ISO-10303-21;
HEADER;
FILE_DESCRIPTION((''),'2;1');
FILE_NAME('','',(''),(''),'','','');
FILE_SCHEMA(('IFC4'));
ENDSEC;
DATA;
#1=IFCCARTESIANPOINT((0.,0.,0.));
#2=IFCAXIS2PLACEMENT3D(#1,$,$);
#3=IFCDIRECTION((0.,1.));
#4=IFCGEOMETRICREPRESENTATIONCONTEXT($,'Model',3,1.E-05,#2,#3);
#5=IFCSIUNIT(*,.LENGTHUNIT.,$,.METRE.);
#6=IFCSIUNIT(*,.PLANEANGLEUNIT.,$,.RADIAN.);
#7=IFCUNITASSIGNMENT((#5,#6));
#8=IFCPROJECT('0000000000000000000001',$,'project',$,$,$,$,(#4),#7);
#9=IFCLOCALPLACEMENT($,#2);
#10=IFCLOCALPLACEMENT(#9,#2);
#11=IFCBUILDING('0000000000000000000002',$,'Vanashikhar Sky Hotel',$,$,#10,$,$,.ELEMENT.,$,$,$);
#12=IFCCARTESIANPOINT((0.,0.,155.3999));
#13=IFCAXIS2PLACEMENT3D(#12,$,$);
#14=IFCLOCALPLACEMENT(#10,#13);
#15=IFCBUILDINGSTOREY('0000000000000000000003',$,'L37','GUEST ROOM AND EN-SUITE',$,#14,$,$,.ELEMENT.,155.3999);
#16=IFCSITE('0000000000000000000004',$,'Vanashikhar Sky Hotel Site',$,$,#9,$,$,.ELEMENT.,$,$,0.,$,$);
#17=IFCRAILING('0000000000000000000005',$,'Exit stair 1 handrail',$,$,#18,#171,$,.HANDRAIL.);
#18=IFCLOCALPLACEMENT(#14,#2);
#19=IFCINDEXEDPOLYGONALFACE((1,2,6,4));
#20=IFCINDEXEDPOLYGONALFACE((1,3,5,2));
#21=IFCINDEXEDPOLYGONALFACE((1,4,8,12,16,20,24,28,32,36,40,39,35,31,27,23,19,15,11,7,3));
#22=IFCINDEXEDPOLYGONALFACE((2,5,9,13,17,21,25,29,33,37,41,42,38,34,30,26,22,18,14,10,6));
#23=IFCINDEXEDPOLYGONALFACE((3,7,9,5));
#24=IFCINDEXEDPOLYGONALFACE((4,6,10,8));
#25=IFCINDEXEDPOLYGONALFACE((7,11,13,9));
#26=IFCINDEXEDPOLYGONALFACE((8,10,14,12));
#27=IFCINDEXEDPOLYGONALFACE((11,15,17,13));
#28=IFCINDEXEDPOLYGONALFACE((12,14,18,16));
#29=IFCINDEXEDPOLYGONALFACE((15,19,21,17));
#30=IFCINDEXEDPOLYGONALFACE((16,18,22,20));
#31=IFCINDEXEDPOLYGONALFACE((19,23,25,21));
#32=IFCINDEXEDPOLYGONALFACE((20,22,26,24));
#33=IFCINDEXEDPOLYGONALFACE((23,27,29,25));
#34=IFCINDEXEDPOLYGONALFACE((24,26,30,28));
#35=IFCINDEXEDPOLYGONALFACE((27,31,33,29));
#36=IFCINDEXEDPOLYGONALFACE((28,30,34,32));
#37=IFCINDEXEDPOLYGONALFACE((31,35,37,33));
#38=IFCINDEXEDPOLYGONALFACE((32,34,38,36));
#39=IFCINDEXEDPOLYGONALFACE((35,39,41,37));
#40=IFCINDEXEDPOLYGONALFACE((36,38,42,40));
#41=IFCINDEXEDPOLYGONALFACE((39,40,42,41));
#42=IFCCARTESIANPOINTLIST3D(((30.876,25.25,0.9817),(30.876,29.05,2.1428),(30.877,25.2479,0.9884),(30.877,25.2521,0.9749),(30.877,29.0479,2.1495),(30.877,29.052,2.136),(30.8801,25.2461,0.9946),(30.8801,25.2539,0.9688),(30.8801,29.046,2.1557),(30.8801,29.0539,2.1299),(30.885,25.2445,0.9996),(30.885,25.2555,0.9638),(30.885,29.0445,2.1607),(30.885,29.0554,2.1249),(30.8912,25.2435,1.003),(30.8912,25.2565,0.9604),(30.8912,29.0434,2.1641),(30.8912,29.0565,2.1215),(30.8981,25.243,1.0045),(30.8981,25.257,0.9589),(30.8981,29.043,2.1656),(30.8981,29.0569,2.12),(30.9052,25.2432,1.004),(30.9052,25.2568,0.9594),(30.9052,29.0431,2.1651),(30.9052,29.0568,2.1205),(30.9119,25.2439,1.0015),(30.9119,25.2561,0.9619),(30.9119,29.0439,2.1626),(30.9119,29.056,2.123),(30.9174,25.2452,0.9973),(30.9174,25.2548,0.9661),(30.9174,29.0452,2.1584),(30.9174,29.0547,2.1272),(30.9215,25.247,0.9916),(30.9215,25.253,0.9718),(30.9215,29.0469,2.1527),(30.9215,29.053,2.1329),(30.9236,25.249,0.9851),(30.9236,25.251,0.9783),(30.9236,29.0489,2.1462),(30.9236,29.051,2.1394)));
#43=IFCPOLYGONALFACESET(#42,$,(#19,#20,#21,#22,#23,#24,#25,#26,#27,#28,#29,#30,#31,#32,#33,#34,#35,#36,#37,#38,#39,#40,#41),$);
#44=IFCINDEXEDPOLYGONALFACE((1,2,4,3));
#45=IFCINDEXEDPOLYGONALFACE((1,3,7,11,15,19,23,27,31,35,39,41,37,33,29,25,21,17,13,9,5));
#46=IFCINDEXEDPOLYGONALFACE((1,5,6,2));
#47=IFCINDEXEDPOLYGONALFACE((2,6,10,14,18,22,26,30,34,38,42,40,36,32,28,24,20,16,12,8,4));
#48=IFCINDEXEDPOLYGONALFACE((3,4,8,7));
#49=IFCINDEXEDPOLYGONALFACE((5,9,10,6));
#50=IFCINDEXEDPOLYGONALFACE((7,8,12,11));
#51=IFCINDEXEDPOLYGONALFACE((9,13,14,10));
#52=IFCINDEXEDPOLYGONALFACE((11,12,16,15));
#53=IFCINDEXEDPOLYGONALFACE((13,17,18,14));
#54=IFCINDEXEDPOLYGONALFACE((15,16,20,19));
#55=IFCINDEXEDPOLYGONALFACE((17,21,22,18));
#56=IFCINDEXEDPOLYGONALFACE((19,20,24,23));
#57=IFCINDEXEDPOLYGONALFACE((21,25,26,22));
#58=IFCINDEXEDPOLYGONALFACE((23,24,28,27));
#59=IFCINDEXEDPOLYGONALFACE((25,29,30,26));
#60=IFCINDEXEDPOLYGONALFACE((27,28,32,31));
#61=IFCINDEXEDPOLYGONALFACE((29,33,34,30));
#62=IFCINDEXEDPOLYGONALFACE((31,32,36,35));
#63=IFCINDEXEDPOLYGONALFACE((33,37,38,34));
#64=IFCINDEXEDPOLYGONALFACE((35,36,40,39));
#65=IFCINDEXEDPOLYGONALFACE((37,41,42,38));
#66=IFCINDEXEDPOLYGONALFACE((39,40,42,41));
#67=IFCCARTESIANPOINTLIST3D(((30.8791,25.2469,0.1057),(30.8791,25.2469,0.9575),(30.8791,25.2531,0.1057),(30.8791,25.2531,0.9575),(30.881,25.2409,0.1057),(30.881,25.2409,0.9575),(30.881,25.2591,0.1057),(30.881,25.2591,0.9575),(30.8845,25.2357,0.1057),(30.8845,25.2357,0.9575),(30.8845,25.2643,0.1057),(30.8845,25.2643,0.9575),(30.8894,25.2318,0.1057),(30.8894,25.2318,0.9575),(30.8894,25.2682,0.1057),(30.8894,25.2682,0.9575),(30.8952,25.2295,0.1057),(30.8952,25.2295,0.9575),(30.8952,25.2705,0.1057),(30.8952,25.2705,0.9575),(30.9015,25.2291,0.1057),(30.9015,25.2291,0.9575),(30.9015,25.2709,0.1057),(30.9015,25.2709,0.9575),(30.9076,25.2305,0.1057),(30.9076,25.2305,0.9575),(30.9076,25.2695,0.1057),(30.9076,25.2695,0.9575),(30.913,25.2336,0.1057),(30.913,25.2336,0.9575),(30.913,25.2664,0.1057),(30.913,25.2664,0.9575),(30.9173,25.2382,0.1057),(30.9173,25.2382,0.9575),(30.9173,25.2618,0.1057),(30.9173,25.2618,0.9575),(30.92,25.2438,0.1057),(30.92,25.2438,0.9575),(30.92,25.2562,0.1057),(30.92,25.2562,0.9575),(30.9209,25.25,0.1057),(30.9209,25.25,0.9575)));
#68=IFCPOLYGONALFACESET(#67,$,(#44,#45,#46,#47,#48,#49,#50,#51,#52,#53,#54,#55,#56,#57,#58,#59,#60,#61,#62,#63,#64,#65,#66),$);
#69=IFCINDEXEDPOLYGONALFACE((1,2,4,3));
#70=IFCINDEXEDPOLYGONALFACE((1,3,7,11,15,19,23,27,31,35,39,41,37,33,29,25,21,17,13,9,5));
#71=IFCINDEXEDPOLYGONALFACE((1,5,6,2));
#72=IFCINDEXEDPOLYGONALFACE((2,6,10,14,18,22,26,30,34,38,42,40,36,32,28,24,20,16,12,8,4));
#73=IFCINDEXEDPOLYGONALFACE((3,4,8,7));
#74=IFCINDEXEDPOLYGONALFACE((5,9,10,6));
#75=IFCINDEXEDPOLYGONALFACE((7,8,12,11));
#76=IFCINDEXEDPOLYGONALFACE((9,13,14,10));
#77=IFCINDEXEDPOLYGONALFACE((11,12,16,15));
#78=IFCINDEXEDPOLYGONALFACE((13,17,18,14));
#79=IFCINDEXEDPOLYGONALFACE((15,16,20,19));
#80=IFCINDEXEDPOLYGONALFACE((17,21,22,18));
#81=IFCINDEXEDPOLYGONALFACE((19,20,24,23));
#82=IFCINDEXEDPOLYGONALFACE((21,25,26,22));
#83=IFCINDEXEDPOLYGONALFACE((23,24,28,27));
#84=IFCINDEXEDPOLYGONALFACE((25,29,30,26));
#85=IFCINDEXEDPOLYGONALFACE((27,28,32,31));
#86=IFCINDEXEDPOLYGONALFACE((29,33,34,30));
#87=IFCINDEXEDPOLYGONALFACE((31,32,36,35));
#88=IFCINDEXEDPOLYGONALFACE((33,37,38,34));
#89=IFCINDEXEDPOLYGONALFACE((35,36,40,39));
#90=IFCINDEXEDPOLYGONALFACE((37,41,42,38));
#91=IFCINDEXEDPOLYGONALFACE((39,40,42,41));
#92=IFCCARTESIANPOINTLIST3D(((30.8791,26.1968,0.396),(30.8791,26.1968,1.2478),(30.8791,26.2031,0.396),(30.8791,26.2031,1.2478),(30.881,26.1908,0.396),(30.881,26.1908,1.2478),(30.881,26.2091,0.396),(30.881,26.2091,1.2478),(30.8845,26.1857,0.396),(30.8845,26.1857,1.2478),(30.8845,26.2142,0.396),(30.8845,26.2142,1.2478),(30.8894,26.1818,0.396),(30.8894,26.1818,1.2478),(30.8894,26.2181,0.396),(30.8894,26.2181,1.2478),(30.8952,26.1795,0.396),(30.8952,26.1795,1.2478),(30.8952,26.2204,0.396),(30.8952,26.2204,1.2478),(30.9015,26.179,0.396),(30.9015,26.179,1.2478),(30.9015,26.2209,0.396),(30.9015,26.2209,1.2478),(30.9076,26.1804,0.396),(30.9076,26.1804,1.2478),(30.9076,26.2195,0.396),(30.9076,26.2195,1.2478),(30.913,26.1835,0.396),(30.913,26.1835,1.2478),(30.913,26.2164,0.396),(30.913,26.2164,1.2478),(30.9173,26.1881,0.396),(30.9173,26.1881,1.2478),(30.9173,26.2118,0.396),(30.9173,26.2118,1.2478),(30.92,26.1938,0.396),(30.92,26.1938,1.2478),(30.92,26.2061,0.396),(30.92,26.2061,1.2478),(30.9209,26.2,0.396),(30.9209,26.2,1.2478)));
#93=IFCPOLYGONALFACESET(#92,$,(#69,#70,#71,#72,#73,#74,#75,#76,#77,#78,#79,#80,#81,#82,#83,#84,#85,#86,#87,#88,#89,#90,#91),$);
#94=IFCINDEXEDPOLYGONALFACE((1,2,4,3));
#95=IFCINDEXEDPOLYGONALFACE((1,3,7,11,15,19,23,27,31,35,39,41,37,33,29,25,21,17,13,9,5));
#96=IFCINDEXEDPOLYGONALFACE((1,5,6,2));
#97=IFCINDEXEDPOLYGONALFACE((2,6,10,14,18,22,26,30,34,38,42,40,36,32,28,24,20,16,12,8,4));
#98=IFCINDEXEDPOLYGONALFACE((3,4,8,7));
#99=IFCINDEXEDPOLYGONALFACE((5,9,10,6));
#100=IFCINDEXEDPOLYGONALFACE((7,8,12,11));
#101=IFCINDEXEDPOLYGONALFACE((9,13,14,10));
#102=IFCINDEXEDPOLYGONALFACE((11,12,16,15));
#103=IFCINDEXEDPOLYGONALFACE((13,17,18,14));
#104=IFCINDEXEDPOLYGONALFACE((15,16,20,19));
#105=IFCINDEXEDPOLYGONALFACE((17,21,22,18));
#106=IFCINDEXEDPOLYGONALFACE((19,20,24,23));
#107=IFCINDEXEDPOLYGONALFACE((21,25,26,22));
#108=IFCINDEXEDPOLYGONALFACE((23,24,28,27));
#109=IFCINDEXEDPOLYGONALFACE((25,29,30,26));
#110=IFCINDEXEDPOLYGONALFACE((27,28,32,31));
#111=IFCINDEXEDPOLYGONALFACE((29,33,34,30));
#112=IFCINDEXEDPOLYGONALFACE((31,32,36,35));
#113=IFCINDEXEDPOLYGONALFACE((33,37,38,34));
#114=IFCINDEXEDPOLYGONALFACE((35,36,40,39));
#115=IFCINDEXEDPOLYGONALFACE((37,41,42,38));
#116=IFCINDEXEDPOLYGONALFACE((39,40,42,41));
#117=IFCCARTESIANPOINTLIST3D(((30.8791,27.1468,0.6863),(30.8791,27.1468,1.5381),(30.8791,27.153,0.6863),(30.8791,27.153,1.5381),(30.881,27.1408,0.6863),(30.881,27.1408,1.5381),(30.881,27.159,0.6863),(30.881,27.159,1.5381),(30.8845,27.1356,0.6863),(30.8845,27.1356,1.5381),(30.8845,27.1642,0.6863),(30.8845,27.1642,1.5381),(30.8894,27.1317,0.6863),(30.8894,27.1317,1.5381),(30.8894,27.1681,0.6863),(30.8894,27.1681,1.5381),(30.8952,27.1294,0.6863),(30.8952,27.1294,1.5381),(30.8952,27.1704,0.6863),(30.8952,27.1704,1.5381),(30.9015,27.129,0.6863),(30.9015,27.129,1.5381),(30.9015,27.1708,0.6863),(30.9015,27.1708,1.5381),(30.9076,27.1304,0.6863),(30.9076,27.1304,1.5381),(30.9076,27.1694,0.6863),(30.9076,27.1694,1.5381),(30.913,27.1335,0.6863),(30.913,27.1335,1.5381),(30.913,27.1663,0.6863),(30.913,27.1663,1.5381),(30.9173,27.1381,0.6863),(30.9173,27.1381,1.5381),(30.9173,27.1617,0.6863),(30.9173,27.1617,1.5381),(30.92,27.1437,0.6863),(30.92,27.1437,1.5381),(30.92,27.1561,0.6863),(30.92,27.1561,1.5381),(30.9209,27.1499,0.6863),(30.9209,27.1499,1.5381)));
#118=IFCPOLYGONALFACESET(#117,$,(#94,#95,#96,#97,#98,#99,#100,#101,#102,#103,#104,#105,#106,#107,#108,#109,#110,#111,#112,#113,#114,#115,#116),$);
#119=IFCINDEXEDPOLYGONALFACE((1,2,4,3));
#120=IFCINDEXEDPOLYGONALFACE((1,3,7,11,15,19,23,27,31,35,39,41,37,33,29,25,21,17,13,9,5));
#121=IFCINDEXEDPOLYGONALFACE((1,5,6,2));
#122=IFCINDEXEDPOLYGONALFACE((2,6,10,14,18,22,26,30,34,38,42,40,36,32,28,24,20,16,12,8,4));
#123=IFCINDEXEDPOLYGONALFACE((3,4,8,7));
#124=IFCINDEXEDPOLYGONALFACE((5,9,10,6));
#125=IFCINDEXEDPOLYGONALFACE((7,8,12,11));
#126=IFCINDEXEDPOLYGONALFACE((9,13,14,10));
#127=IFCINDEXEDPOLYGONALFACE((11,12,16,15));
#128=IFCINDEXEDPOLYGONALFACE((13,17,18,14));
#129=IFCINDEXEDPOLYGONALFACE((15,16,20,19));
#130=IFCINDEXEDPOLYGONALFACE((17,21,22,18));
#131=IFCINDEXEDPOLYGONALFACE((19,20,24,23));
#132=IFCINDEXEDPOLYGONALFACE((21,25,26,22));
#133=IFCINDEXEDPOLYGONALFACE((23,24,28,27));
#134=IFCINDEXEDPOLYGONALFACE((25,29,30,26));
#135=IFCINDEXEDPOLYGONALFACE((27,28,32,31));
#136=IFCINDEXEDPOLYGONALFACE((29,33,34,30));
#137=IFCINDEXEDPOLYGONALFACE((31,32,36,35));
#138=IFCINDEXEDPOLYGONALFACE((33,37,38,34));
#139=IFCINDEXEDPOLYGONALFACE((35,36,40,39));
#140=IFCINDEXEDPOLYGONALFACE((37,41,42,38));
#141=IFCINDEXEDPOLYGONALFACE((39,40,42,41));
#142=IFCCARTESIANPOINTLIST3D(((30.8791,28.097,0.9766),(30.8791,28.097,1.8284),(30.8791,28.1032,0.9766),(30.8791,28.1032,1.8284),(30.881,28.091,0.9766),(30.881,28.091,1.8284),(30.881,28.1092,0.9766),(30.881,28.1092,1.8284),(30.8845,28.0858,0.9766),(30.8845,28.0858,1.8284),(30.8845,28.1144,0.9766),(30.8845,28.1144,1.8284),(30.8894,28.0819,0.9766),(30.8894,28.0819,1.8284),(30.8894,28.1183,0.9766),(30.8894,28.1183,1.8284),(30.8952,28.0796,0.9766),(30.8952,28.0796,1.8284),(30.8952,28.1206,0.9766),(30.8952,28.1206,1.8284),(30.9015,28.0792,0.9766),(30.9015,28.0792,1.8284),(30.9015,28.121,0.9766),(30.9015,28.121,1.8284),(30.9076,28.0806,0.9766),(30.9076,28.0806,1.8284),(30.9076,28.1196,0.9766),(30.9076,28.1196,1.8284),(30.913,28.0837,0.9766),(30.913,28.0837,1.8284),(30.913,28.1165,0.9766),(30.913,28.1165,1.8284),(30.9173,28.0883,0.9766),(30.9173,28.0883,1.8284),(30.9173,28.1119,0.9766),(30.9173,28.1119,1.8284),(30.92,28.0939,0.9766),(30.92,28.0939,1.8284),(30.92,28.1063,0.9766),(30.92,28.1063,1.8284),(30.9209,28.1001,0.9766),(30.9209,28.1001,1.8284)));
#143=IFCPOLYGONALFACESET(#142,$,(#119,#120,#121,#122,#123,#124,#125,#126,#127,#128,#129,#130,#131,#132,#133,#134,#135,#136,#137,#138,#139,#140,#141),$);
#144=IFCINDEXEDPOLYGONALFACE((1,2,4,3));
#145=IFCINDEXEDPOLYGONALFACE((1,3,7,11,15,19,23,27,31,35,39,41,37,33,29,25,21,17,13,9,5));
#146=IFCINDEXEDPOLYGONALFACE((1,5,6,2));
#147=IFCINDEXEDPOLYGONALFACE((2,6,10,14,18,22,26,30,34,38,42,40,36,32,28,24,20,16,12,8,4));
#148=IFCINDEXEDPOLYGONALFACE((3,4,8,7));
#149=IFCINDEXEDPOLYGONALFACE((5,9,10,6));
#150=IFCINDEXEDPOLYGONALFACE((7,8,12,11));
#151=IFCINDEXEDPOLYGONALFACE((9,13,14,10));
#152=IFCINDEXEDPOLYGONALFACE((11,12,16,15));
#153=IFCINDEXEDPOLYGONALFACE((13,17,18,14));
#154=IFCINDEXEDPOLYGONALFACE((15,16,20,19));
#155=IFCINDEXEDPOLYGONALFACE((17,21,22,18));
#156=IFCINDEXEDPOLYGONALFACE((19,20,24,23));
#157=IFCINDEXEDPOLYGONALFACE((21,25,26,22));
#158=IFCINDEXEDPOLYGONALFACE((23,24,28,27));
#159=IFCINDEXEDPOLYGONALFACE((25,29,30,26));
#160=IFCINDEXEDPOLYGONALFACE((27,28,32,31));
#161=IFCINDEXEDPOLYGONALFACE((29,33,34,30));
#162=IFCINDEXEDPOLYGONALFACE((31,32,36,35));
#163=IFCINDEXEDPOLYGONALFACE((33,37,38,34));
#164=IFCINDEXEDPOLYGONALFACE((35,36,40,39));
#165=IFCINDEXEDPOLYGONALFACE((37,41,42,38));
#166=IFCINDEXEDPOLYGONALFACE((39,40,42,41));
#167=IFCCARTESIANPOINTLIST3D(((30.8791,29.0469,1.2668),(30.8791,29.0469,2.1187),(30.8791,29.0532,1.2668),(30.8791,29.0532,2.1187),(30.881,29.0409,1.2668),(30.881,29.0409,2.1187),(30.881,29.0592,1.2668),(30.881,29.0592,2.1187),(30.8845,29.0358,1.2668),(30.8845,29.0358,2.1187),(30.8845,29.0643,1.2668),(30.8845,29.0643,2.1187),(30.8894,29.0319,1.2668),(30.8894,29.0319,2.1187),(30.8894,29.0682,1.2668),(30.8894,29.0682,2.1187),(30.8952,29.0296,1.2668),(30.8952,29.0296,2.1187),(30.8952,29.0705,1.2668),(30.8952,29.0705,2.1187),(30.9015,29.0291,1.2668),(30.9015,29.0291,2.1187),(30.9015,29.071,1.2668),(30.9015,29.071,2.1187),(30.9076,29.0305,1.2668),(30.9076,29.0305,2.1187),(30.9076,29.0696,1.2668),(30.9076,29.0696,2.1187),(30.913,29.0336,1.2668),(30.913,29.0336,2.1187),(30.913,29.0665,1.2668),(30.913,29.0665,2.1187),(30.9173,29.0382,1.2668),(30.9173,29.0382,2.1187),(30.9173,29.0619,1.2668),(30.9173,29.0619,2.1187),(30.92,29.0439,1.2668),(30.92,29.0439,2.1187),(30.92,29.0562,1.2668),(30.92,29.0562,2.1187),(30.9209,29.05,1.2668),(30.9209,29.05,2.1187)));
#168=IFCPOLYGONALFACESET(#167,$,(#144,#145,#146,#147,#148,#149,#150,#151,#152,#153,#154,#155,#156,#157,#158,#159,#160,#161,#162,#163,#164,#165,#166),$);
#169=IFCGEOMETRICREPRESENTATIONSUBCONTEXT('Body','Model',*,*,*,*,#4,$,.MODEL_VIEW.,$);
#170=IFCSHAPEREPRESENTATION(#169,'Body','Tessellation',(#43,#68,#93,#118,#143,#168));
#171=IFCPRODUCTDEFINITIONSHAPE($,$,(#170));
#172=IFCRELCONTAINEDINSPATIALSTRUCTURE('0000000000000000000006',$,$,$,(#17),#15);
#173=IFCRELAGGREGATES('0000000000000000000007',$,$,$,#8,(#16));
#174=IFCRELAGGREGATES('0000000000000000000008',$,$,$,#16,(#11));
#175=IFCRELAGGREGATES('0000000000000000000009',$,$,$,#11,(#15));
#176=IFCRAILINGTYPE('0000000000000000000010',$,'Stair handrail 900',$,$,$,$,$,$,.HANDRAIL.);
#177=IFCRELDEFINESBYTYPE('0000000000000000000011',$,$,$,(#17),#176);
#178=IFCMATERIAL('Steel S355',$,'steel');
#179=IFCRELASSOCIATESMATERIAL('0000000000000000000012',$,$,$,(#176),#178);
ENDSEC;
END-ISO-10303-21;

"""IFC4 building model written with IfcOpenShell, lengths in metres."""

from ifc_helpers import new_model, si_unit, direction, frame, origin, origin_2d, place, context, subcontext, project, spatial, circle, extrude, source, transform, mapped, material, type_object, element, save


model = new_model("IFC4")

# Units and contexts
model_context = context("Model", 3, precision=1e-05, world=origin(), true_north=direction((0.0, 1.0)))
body_context = subcontext(model_context, "Body", "Model", "MODEL_VIEW")
ifc_project = project(units=[si_unit("LENGTHUNIT", "METRE"), si_unit("PLANEANGLEUNIT", "RADIAN")], contexts=[model_context])

# Site, building, storey
site_placement = place(None, origin())
site = spatial("IfcSite", under=ifc_project, at=site_placement, Name="Vanashikhar Sky Hotel Site", CompositionType="ELEMENT", RefElevation=0.0)
building_placement = place(site_placement, origin())
building = spatial("IfcBuilding", under=site, at=building_placement, Name="Vanashikhar Sky Hotel", CompositionType="ELEMENT")
storey_placement = place(building_placement, frame((0.0, 0.0, 155.3999)))
storey = spatial("IfcBuildingStorey", under=building, at=storey_placement, Name="L37", Description="GUEST ROOM AND EN-SUITE", CompositionType="ELEMENT", Elevation=155.3999)

# Railing
ifc_material_1 = material(Name="Steel S355", Category="steel")
railing_type_1 = type_object("IfcRailingType", Name="Stair handrail 900", PredefinedType="HANDRAIL", material=ifc_material_1)
shared_shape_1 = source(origin(), body_context, "Body", "SweptSolid", [
    extrude(circle(Radius=0.0239, at=origin_2d()), frame((0.0, 0.0, 0.876), z_axis=(0.0, 0.956351, 0.29222), x_axis=(-1.0, 0.0, 0.0)), (0.0, 0.0, 1.0), 3.9734),
    extrude(circle(Radius=0.021, at=origin_2d()), origin(), (0.0, 0.0, 1.0), 0.8518),
    extrude(circle(Radius=0.021, at=origin_2d()), frame((0.0, 0.95, 0.2903)), (0.0, 0.0, 1.0), 0.8518),
    extrude(circle(Radius=0.021, at=origin_2d()), frame((0.0, 1.8999, 0.5806)), (0.0, 0.0, 1.0), 0.8518),
    extrude(circle(Radius=0.021, at=origin_2d()), frame((0.0, 2.8501, 0.8708)), (0.0, 0.0, 1.0), 0.8518),
    extrude(circle(Radius=0.021, at=origin_2d()), frame((0.0, 3.8, 1.1611)), (0.0, 0.0, 1.0), 0.8518),
])
for number, where, name in (
    (1, (30.8999, 25.25, 0.1057), "Exit stair 1 handrail"),
):
    element("IfcRailing", number, at=place(storey_placement, frame(where)), inside=storey, type_object=railing_type_1, Name=name, PredefinedType="HANDRAIL", context=body_context, shape_type="MappedRepresentation", body=[
        mapped(shared_shape_1, transform((0.0, 0.0, 0.0), scale=1.0)),
    ])

save(model, "model.ifc")
